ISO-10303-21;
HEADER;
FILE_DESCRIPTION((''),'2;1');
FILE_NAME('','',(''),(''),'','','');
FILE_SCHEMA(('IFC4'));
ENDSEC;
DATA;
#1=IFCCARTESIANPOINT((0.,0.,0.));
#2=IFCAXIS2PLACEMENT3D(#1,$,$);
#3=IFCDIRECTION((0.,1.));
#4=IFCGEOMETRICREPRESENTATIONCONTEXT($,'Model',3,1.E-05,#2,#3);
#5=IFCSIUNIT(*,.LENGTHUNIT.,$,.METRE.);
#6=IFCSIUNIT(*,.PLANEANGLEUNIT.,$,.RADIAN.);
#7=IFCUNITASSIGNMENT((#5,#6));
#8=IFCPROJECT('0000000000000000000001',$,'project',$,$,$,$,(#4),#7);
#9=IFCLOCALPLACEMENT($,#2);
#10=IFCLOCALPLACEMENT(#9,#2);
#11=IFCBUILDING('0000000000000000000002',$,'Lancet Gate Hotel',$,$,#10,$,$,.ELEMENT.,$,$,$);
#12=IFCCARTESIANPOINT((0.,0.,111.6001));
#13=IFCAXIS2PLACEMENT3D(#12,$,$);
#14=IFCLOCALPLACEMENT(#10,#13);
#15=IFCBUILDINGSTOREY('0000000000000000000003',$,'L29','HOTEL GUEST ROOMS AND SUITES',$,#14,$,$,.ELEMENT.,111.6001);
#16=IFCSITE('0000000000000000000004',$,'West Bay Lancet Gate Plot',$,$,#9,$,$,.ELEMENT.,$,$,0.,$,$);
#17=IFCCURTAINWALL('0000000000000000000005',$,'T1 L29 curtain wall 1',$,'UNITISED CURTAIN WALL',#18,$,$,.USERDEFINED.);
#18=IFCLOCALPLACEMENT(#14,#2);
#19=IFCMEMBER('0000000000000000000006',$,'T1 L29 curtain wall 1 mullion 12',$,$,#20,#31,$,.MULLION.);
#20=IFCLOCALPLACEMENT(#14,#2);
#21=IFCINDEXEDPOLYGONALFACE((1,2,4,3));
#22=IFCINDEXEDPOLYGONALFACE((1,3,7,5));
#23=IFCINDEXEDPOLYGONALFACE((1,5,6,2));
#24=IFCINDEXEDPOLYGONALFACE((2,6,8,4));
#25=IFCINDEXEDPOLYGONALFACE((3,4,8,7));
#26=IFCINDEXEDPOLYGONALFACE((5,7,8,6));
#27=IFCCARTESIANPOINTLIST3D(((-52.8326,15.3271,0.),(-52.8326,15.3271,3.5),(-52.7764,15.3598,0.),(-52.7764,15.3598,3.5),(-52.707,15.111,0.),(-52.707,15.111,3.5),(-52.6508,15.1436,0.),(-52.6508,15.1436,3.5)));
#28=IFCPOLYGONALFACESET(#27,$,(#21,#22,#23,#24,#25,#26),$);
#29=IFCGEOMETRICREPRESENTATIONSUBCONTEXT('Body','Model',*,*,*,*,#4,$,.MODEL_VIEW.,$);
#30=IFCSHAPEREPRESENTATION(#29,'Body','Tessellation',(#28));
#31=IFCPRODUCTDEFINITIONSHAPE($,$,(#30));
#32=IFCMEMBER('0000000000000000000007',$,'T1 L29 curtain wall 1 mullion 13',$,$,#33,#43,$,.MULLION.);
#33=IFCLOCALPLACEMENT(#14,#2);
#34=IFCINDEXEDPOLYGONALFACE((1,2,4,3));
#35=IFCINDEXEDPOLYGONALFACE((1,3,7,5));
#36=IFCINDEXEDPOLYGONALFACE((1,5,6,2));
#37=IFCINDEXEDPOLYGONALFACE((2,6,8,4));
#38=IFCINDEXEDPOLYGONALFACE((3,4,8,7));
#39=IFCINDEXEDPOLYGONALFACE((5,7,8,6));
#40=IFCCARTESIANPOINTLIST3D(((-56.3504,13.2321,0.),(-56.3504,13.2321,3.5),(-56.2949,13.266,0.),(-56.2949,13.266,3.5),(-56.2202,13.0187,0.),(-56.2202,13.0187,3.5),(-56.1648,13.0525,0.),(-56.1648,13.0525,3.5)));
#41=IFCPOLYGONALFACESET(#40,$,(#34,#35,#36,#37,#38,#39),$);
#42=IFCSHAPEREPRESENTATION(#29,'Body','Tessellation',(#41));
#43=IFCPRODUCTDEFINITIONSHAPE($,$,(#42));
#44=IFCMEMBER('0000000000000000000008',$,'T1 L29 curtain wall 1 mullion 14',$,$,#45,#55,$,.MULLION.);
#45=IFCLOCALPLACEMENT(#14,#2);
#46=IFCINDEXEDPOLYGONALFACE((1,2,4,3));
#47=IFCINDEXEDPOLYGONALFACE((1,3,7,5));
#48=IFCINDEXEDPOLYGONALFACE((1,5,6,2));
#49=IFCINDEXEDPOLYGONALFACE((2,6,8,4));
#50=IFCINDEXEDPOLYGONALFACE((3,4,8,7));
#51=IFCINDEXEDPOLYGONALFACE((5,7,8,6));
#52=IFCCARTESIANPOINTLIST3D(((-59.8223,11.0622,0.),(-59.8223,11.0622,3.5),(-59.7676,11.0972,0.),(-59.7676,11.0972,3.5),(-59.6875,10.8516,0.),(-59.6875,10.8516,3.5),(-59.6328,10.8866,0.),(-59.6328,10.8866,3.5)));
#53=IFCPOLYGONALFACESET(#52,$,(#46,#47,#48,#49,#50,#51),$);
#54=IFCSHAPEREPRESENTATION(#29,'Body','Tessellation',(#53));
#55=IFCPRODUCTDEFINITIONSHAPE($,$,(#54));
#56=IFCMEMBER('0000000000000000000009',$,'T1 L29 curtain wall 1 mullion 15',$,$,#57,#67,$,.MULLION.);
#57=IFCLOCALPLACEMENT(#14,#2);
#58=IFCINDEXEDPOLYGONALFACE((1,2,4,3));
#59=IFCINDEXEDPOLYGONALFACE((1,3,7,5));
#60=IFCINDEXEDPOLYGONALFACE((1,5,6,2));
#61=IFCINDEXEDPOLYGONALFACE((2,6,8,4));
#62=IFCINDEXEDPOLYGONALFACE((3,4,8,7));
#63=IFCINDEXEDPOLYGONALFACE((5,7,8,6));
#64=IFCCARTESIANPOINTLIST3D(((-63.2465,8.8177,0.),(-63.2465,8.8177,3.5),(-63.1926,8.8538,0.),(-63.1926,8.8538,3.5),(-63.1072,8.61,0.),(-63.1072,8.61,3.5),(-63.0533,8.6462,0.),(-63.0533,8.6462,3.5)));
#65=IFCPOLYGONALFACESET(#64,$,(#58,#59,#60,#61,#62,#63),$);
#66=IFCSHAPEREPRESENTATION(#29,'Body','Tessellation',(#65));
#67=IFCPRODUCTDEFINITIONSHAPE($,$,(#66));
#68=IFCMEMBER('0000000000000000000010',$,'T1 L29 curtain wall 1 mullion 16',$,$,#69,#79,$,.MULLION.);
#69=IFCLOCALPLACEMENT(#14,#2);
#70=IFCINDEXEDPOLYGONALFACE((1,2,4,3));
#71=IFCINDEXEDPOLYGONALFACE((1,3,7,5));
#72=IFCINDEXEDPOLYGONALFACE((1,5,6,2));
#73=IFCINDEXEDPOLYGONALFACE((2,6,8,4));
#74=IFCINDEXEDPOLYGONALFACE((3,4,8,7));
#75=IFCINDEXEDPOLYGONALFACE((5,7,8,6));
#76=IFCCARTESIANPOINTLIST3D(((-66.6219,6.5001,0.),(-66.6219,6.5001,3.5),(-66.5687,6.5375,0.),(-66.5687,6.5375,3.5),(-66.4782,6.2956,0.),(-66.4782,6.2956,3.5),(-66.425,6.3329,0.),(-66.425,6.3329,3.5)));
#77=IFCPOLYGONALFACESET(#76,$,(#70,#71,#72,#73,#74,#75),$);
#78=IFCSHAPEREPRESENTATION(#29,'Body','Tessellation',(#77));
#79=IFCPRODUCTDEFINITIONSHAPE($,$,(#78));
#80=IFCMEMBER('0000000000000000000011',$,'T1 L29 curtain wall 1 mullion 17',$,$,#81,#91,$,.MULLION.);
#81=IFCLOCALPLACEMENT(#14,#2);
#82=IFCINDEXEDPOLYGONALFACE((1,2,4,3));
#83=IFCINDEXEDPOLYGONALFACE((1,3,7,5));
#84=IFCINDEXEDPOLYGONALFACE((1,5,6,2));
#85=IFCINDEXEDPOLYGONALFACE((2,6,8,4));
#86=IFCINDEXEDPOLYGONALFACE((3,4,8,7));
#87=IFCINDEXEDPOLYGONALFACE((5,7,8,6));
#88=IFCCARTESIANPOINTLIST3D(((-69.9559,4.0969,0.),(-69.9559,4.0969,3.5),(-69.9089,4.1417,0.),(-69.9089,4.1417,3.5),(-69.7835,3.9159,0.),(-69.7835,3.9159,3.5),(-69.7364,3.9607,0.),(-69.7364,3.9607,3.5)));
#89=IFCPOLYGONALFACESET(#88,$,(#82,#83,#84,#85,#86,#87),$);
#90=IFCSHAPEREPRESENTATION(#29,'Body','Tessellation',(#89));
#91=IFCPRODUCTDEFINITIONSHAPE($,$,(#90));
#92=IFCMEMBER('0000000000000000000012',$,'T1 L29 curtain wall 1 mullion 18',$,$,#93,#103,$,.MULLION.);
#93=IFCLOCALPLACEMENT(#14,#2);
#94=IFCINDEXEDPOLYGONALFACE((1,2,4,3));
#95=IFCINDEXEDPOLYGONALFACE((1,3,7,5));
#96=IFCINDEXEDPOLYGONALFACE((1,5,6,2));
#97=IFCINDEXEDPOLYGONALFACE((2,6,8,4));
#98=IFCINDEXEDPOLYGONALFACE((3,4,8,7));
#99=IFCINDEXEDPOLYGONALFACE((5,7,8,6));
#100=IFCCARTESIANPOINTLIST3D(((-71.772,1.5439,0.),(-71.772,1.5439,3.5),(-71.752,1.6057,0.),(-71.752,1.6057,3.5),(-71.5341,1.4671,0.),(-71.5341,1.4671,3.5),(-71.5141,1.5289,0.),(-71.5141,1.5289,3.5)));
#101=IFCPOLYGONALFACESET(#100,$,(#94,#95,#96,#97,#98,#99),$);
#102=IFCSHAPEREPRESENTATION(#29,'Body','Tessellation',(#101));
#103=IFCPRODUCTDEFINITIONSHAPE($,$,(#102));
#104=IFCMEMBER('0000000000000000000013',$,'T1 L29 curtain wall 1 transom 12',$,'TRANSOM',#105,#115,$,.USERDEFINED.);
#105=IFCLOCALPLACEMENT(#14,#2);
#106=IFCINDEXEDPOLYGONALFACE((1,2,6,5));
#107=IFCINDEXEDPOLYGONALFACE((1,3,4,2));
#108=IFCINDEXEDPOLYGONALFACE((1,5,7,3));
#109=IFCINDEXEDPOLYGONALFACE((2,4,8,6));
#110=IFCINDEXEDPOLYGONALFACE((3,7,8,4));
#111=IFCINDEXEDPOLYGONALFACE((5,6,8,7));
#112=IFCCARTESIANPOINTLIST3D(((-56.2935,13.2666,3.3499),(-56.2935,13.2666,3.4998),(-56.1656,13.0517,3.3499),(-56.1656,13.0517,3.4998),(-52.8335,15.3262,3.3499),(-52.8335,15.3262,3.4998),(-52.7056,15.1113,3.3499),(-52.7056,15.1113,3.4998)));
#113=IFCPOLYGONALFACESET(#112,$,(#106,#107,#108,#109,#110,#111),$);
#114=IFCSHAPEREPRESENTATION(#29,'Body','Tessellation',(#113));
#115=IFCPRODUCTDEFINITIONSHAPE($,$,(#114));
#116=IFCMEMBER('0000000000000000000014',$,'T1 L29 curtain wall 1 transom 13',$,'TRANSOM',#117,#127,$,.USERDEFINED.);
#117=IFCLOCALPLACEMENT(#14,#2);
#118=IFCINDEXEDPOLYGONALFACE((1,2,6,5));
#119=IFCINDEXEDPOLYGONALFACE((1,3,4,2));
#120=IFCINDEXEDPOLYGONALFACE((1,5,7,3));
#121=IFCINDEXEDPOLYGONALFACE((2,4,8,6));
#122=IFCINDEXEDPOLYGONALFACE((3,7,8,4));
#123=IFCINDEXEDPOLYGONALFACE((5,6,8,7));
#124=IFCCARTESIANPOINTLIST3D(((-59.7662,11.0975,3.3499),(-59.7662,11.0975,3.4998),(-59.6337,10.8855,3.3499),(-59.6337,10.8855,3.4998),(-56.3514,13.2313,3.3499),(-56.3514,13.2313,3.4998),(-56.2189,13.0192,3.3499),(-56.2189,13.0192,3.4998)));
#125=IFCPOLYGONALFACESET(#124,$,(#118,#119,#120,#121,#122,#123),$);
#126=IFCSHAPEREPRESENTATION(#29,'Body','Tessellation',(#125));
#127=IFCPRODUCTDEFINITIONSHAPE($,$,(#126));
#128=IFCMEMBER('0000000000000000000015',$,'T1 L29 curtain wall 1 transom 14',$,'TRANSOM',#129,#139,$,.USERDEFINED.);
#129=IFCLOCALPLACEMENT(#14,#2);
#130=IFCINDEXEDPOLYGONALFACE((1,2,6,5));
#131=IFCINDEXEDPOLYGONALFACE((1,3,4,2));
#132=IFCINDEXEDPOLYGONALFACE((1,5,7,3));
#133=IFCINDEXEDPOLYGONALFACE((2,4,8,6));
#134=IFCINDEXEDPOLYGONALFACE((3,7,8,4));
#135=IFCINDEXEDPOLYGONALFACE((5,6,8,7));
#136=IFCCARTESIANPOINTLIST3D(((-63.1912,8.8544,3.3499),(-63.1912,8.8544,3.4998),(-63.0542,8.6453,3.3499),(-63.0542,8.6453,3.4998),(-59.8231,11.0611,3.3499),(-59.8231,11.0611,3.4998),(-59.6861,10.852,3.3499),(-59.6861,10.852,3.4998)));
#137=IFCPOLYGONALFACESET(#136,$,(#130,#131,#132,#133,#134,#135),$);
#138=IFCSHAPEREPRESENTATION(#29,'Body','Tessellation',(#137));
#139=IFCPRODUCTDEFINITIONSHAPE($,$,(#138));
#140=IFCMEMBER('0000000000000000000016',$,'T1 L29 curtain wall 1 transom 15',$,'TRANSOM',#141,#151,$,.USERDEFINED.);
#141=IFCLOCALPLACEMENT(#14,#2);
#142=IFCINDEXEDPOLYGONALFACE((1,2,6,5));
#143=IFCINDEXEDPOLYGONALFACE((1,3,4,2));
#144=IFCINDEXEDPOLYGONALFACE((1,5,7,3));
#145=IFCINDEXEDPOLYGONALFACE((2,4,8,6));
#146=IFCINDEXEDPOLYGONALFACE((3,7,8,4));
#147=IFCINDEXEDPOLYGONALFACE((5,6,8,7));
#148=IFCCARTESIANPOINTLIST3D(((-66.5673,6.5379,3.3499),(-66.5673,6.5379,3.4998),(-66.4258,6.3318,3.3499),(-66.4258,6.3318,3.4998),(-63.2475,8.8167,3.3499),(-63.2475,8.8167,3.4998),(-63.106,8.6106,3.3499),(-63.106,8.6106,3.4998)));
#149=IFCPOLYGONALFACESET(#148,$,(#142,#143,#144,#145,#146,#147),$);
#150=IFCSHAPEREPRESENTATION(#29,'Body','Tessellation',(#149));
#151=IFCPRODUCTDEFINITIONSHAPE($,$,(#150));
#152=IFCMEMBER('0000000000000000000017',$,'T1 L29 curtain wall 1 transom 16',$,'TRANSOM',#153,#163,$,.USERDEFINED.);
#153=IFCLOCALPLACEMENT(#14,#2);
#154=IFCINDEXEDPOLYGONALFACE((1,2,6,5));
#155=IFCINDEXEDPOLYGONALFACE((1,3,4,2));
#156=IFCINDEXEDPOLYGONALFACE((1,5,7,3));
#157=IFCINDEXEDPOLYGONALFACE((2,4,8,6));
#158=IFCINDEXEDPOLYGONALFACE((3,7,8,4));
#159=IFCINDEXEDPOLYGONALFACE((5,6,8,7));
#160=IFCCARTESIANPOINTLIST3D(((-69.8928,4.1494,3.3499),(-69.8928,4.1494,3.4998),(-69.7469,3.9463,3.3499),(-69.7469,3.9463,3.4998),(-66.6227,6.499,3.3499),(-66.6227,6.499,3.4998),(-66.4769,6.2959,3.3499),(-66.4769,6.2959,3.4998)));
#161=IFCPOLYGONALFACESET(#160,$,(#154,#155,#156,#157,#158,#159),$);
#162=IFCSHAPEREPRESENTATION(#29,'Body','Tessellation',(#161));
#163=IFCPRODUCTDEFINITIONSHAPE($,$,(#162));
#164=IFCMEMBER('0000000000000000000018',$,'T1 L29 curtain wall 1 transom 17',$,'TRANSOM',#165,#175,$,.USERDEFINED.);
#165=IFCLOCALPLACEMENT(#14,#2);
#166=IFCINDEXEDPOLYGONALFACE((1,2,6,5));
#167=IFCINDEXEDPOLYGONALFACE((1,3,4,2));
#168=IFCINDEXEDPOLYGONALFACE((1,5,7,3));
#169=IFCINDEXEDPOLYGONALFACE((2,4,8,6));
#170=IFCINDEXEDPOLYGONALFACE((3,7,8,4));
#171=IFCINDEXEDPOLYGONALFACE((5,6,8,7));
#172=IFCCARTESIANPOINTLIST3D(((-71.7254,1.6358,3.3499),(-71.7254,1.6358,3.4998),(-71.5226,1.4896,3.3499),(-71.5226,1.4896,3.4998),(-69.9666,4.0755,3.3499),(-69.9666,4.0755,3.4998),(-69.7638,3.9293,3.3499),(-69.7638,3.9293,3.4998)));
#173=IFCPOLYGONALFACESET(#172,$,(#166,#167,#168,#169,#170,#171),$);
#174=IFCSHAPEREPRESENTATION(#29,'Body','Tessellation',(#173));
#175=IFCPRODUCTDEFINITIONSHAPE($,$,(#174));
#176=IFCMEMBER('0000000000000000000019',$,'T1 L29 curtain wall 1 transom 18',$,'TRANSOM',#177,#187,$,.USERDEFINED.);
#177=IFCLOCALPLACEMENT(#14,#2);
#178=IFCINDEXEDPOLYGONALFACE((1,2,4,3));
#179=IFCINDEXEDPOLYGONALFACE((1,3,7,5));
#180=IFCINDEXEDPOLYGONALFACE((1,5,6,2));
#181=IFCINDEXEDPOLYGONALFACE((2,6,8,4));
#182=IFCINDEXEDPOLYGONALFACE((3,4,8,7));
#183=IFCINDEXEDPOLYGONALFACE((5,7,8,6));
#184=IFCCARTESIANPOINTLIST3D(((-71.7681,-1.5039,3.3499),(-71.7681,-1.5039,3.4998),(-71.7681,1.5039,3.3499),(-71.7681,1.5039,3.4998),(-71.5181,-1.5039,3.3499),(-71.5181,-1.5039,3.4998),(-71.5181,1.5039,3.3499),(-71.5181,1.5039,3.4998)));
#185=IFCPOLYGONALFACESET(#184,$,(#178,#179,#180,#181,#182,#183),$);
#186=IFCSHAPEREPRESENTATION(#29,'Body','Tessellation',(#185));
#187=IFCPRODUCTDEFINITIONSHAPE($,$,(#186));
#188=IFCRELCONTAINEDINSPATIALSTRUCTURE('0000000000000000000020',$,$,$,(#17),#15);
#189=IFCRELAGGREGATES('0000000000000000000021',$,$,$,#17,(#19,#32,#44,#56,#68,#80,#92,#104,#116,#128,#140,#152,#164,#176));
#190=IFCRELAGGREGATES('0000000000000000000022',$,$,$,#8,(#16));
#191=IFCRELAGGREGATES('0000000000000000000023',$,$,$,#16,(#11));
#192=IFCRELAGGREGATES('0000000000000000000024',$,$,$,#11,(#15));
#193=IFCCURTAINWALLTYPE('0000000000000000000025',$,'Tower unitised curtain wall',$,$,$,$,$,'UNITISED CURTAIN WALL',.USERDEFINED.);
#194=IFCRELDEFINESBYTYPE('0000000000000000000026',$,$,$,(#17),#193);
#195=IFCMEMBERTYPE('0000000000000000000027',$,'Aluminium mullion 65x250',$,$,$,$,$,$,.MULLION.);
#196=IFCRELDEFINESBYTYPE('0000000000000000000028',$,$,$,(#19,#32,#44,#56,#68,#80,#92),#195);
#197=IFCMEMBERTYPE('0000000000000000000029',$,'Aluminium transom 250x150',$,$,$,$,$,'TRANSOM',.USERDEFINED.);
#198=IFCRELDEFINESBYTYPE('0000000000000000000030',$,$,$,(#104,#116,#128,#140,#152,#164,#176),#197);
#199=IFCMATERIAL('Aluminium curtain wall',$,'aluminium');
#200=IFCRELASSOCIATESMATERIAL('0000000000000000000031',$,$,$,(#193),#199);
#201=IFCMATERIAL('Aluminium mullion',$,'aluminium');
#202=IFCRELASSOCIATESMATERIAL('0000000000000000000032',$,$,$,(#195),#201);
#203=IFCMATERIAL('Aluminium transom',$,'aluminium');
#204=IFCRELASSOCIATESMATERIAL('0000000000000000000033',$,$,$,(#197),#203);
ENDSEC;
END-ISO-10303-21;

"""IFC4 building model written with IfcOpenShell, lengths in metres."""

from ifc_helpers import new_model, si_unit, direction, frame, origin, origin_2d, place, context, subcontext, project, spatial, rectangle, extrude, material, material_profile, profile_set, type_object, element, aggregate, save


model = new_model("IFC4")

# Units and contexts
model_context = context("Model", 3, precision=1e-05, world=origin(), true_north=direction((0.0, 1.0)))
body_context = subcontext(model_context, "Body", "Model", "MODEL_VIEW")
ifc_project = project(units=[si_unit("LENGTHUNIT", "METRE"), si_unit("PLANEANGLEUNIT", "RADIAN")], contexts=[model_context])

# Site, building, storey
site_placement = place(None, origin())
site = spatial("IfcSite", under=ifc_project, at=site_placement, Name="West Bay Lancet Gate Plot", CompositionType="ELEMENT", RefElevation=0.0)
building_placement = place(site_placement, origin())
building = spatial("IfcBuilding", under=site, at=building_placement, Name="Lancet Gate Hotel", CompositionType="ELEMENT")
storey_placement = place(building_placement, frame((0.0, 0.0, 111.6001)))
storey = spatial("IfcBuildingStorey", under=building, at=storey_placement, Name="L29", Description="HOTEL GUEST ROOMS AND SUITES", CompositionType="ELEMENT", Elevation=111.6001)

# Curtain wall, members
ifc_material_1 = material(Name="Aluminium curtain wall", Category="aluminium")
curtain_wall_type = type_object("IfcCurtainWallType", Name="Tower unitised curtain wall", ElementType="UNITISED CURTAIN WALL", PredefinedType="USERDEFINED", material=ifc_material_1)
curtain_wall_placement = place(storey_placement, origin())
curtain_wall = element("IfcCurtainWall", 1, at=curtain_wall_placement, inside=storey, type_object=curtain_wall_type, Name="T1 L29 curtain wall 1", ObjectType="UNITISED CURTAIN WALL", PredefinedType="USERDEFINED")
ifc_material_2 = material(Name="Aluminium mullion", Category="aluminium")
ifc_material_profile_1 = material_profile(ifc_material_2, rectangle(XDim=0.0649, YDim=0.25, at=origin_2d()), Name="MULLION 65x250")
ifc_profile_set_1 = profile_set([ifc_material_profile_1], Name="Aluminium mullion")
member_type_1 = type_object("IfcMemberType", Name="Aluminium mullion 65x250", PredefinedType="MULLION", material=ifc_profile_set_1)
member_1_placement = place(storey_placement, frame((-52.7417, 15.2354, 0.0), z_axis=(0.0, 0.0, 1.0), x_axis=(-0.864728, -0.502241, 0.0)))
member_1 = element("IfcMember", 2, at=member_1_placement, type_object=member_type_1, Name="T1 L29 curtain wall 1 mullion 12", PredefinedType="MULLION", context=body_context, shape_type="SweptSolid", body=[
    extrude(rectangle(XDim=0.0649, YDim=0.25, at=origin_2d()), origin(), (0.0, 0.0, 1.0), 3.5),
])
member_2_placement = place(storey_placement, frame((-56.2576, 13.1423, 0.0), z_axis=(0.0, 0.0, 1.0), x_axis=(-0.853716, -0.520739, 0.0)))
member_2 = element("IfcMember", 3, at=member_2_placement, type_object=member_type_1, Name="T1 L29 curtain wall 1 mullion 13", PredefinedType="MULLION", context=body_context, shape_type="SweptSolid", body=[
    extrude(rectangle(XDim=0.0649, YDim=0.25, at=origin_2d()), origin(), (0.0, 0.0, 1.0), 3.5),
])
member_3_placement = place(storey_placement, frame((-59.7275, 10.9744, 0.0), z_axis=(0.0, 0.0, 1.0), x_axis=(-0.842308, -0.538996, 0.0)))
member_3 = element("IfcMember", 4, at=member_3_placement, type_object=member_type_1, Name="T1 L29 curtain wall 1 mullion 14", PredefinedType="MULLION", context=body_context, shape_type="SweptSolid", body=[
    extrude(rectangle(XDim=0.0649, YDim=0.25, at=origin_2d()), origin(), (0.0, 0.0, 1.0), 3.5),
])
member_4_placement = place(storey_placement, frame((-63.1499, 8.7319, 0.0), z_axis=(0.0, 0.0, 1.0), x_axis=(-0.83051, -0.557004, 0.0)))
member_4 = element("IfcMember", 5, at=member_4_placement, type_object=member_type_1, Name="T1 L29 curtain wall 1 mullion 15", PredefinedType="MULLION", context=body_context, shape_type="SweptSolid", body=[
    extrude(rectangle(XDim=0.0649, YDim=0.25, at=origin_2d()), origin(), (0.0, 0.0, 1.0), 3.5),
])
member_5_placement = place(storey_placement, frame((-66.5234, 6.4165, 0.0), z_axis=(0.0, 0.0, 1.0), x_axis=(-0.818327, -0.574753, 0.0)))
member_5 = element("IfcMember", 6, at=member_5_placement, type_object=member_type_1, Name="T1 L29 curtain wall 1 mullion 16", PredefinedType="MULLION", context=body_context, shape_type="SweptSolid", body=[
    extrude(rectangle(XDim=0.0649, YDim=0.25, at=origin_2d()), origin(), (0.0, 0.0, 1.0), 3.5),
])
member_6_placement = place(storey_placement, frame((-69.8462, 4.0288, 0.0), z_axis=(0.0, 0.0, 1.0), x_axis=(-0.723846, -0.689961, 0.0)))
member_6 = element("IfcMember", 7, at=member_6_placement, type_object=member_type_1, Name="T1 L29 curtain wall 1 mullion 17", PredefinedType="MULLION", context=body_context, shape_type="SweptSolid", body=[
    extrude(rectangle(XDim=0.0649, YDim=0.25, at=origin_2d()), origin(), (0.0, 0.0, 1.0), 3.5),
])
member_7_placement = place(storey_placement, frame((-71.6431, 1.5364, 0.0), z_axis=(0.0, 0.0, 1.0), x_axis=(-0.307269, -0.951623, 0.0)))
member_7 = element("IfcMember", 8, at=member_7_placement, type_object=member_type_1, Name="T1 L29 curtain wall 1 mullion 18", PredefinedType="MULLION", context=body_context, shape_type="SweptSolid", body=[
    extrude(rectangle(XDim=0.0649, YDim=0.25, at=origin_2d()), origin(), (0.0, 0.0, 1.0), 3.5),
])
ifc_material_3 = material(Name="Aluminium transom", Category="aluminium")
ifc_material_profile_2 = material_profile(ifc_material_3, rectangle(XDim=0.25, YDim=0.1499, at=origin_2d()), Name="TRANSOM 250x150")
ifc_profile_set_2 = profile_set([ifc_material_profile_2], Name="Aluminium transom")
member_type_2 = type_object("IfcMemberType", Name="Aluminium transom 250x150", ElementType="TRANSOM", PredefinedType="USERDEFINED", material=ifc_profile_set_2)
member_8_placement = place(storey_placement, frame((-52.7695, 15.2188, 3.4248), z_axis=(-0.859285, -0.511497, 0.0), x_axis=(0.511497, -0.859285, 0.0)))
member_8 = element("IfcMember", 9, at=member_8_placement, type_object=member_type_2, Name="T1 L29 curtain wall 1 transom 12", ObjectType="TRANSOM", PredefinedType="USERDEFINED", context=body_context, shape_type="SweptSolid", body=[
    extrude(rectangle(XDim=0.25, YDim=0.1499, at=origin_2d()), origin(), (0.0, 0.0, 1.0), 4.0266),
])
member_9_placement = place(storey_placement, frame((-56.2852, 13.1252, 3.4248), z_axis=(-0.848049, -0.529917, 0.0), x_axis=(0.529917, -0.848049, 0.0)))
member_9 = element("IfcMember", 10, at=member_9_placement, type_object=member_type_2, Name="T1 L29 curtain wall 1 transom 13", ObjectType="TRANSOM", PredefinedType="USERDEFINED", context=body_context, shape_type="SweptSolid", body=[
    extrude(rectangle(XDim=0.25, YDim=0.1499, at=origin_2d()), origin(), (0.0, 0.0, 1.0), 4.0266),
])
member_10_placement = place(storey_placement, frame((-59.7546, 10.9565, 3.4248), z_axis=(-0.836454, -0.548036, 0.0), x_axis=(0.548036, -0.836454, 0.0)))
member_10 = element("IfcMember", 11, at=member_10_placement, type_object=member_type_2, Name="T1 L29 curtain wall 1 transom 14", ObjectType="TRANSOM", PredefinedType="USERDEFINED", context=body_context, shape_type="SweptSolid", body=[
    extrude(rectangle(XDim=0.25, YDim=0.1499, at=origin_2d()), origin(), (0.0, 0.0, 1.0), 4.0266),
])
member_11_placement = place(storey_placement, frame((-63.1768, 8.7136, 3.4248), z_axis=(-0.824456, -0.565927, 0.0), x_axis=(0.565927, -0.824456, 0.0)))
member_11 = element("IfcMember", 12, at=member_11_placement, type_object=member_type_2, Name="T1 L29 curtain wall 1 transom 15", ObjectType="TRANSOM", PredefinedType="USERDEFINED", context=body_context, shape_type="SweptSolid", body=[
    extrude(rectangle(XDim=0.25, YDim=0.1499, at=origin_2d()), origin(), (0.0, 0.0, 1.0), 4.0266),
])
member_12_placement = place(storey_placement, frame((-66.5498, 6.3975, 3.4248), z_axis=(-0.8121, -0.583519, 0.0), x_axis=(0.583519, -0.8121, 0.0)))
member_12 = element("IfcMember", 13, at=member_12_placement, type_object=member_type_2, Name="T1 L29 curtain wall 1 transom 16", ObjectType="TRANSOM", PredefinedType="USERDEFINED", context=body_context, shape_type="SweptSolid", body=[
    extrude(rectangle(XDim=0.25, YDim=0.1499, at=origin_2d()), origin(), (0.0, 0.0, 1.0), 4.0266),
])
member_13_placement = place(storey_placement, frame((-69.8652, 4.0024, 3.4248), z_axis=(-0.584788, -0.811186, 0.0), x_axis=(0.811186, -0.584788, 0.0)))
member_13 = element("IfcMember", 14, at=member_13_placement, type_object=member_type_2, Name="T1 L29 curtain wall 1 transom 17", ObjectType="TRANSOM", PredefinedType="USERDEFINED", context=body_context, shape_type="SweptSolid", body=[
    extrude(rectangle(XDim=0.25, YDim=0.1499, at=origin_2d()), origin(), (0.0, 0.0, 1.0), 3.0076),
])
member_14_placement = place(storey_placement, frame((-71.6431, 1.5039, 3.4248), z_axis=(0.0, -1.0, 0.0), x_axis=(1.0, 0.0, 0.0)))
member_14 = element("IfcMember", 15, at=member_14_placement, type_object=member_type_2, Name="T1 L29 curtain wall 1 transom 18", ObjectType="TRANSOM", PredefinedType="USERDEFINED", context=body_context, shape_type="SweptSolid", body=[
    extrude(rectangle(XDim=0.25, YDim=0.1499, at=origin_2d()), origin(), (0.0, 0.0, 1.0), 3.0078),
])

aggregate(curtain_wall, [member_1, member_2, member_3, member_4, member_5, member_6, member_7, member_8, member_9, member_10, member_11, member_12, member_13, member_14])

save(model, "model.ifc")
